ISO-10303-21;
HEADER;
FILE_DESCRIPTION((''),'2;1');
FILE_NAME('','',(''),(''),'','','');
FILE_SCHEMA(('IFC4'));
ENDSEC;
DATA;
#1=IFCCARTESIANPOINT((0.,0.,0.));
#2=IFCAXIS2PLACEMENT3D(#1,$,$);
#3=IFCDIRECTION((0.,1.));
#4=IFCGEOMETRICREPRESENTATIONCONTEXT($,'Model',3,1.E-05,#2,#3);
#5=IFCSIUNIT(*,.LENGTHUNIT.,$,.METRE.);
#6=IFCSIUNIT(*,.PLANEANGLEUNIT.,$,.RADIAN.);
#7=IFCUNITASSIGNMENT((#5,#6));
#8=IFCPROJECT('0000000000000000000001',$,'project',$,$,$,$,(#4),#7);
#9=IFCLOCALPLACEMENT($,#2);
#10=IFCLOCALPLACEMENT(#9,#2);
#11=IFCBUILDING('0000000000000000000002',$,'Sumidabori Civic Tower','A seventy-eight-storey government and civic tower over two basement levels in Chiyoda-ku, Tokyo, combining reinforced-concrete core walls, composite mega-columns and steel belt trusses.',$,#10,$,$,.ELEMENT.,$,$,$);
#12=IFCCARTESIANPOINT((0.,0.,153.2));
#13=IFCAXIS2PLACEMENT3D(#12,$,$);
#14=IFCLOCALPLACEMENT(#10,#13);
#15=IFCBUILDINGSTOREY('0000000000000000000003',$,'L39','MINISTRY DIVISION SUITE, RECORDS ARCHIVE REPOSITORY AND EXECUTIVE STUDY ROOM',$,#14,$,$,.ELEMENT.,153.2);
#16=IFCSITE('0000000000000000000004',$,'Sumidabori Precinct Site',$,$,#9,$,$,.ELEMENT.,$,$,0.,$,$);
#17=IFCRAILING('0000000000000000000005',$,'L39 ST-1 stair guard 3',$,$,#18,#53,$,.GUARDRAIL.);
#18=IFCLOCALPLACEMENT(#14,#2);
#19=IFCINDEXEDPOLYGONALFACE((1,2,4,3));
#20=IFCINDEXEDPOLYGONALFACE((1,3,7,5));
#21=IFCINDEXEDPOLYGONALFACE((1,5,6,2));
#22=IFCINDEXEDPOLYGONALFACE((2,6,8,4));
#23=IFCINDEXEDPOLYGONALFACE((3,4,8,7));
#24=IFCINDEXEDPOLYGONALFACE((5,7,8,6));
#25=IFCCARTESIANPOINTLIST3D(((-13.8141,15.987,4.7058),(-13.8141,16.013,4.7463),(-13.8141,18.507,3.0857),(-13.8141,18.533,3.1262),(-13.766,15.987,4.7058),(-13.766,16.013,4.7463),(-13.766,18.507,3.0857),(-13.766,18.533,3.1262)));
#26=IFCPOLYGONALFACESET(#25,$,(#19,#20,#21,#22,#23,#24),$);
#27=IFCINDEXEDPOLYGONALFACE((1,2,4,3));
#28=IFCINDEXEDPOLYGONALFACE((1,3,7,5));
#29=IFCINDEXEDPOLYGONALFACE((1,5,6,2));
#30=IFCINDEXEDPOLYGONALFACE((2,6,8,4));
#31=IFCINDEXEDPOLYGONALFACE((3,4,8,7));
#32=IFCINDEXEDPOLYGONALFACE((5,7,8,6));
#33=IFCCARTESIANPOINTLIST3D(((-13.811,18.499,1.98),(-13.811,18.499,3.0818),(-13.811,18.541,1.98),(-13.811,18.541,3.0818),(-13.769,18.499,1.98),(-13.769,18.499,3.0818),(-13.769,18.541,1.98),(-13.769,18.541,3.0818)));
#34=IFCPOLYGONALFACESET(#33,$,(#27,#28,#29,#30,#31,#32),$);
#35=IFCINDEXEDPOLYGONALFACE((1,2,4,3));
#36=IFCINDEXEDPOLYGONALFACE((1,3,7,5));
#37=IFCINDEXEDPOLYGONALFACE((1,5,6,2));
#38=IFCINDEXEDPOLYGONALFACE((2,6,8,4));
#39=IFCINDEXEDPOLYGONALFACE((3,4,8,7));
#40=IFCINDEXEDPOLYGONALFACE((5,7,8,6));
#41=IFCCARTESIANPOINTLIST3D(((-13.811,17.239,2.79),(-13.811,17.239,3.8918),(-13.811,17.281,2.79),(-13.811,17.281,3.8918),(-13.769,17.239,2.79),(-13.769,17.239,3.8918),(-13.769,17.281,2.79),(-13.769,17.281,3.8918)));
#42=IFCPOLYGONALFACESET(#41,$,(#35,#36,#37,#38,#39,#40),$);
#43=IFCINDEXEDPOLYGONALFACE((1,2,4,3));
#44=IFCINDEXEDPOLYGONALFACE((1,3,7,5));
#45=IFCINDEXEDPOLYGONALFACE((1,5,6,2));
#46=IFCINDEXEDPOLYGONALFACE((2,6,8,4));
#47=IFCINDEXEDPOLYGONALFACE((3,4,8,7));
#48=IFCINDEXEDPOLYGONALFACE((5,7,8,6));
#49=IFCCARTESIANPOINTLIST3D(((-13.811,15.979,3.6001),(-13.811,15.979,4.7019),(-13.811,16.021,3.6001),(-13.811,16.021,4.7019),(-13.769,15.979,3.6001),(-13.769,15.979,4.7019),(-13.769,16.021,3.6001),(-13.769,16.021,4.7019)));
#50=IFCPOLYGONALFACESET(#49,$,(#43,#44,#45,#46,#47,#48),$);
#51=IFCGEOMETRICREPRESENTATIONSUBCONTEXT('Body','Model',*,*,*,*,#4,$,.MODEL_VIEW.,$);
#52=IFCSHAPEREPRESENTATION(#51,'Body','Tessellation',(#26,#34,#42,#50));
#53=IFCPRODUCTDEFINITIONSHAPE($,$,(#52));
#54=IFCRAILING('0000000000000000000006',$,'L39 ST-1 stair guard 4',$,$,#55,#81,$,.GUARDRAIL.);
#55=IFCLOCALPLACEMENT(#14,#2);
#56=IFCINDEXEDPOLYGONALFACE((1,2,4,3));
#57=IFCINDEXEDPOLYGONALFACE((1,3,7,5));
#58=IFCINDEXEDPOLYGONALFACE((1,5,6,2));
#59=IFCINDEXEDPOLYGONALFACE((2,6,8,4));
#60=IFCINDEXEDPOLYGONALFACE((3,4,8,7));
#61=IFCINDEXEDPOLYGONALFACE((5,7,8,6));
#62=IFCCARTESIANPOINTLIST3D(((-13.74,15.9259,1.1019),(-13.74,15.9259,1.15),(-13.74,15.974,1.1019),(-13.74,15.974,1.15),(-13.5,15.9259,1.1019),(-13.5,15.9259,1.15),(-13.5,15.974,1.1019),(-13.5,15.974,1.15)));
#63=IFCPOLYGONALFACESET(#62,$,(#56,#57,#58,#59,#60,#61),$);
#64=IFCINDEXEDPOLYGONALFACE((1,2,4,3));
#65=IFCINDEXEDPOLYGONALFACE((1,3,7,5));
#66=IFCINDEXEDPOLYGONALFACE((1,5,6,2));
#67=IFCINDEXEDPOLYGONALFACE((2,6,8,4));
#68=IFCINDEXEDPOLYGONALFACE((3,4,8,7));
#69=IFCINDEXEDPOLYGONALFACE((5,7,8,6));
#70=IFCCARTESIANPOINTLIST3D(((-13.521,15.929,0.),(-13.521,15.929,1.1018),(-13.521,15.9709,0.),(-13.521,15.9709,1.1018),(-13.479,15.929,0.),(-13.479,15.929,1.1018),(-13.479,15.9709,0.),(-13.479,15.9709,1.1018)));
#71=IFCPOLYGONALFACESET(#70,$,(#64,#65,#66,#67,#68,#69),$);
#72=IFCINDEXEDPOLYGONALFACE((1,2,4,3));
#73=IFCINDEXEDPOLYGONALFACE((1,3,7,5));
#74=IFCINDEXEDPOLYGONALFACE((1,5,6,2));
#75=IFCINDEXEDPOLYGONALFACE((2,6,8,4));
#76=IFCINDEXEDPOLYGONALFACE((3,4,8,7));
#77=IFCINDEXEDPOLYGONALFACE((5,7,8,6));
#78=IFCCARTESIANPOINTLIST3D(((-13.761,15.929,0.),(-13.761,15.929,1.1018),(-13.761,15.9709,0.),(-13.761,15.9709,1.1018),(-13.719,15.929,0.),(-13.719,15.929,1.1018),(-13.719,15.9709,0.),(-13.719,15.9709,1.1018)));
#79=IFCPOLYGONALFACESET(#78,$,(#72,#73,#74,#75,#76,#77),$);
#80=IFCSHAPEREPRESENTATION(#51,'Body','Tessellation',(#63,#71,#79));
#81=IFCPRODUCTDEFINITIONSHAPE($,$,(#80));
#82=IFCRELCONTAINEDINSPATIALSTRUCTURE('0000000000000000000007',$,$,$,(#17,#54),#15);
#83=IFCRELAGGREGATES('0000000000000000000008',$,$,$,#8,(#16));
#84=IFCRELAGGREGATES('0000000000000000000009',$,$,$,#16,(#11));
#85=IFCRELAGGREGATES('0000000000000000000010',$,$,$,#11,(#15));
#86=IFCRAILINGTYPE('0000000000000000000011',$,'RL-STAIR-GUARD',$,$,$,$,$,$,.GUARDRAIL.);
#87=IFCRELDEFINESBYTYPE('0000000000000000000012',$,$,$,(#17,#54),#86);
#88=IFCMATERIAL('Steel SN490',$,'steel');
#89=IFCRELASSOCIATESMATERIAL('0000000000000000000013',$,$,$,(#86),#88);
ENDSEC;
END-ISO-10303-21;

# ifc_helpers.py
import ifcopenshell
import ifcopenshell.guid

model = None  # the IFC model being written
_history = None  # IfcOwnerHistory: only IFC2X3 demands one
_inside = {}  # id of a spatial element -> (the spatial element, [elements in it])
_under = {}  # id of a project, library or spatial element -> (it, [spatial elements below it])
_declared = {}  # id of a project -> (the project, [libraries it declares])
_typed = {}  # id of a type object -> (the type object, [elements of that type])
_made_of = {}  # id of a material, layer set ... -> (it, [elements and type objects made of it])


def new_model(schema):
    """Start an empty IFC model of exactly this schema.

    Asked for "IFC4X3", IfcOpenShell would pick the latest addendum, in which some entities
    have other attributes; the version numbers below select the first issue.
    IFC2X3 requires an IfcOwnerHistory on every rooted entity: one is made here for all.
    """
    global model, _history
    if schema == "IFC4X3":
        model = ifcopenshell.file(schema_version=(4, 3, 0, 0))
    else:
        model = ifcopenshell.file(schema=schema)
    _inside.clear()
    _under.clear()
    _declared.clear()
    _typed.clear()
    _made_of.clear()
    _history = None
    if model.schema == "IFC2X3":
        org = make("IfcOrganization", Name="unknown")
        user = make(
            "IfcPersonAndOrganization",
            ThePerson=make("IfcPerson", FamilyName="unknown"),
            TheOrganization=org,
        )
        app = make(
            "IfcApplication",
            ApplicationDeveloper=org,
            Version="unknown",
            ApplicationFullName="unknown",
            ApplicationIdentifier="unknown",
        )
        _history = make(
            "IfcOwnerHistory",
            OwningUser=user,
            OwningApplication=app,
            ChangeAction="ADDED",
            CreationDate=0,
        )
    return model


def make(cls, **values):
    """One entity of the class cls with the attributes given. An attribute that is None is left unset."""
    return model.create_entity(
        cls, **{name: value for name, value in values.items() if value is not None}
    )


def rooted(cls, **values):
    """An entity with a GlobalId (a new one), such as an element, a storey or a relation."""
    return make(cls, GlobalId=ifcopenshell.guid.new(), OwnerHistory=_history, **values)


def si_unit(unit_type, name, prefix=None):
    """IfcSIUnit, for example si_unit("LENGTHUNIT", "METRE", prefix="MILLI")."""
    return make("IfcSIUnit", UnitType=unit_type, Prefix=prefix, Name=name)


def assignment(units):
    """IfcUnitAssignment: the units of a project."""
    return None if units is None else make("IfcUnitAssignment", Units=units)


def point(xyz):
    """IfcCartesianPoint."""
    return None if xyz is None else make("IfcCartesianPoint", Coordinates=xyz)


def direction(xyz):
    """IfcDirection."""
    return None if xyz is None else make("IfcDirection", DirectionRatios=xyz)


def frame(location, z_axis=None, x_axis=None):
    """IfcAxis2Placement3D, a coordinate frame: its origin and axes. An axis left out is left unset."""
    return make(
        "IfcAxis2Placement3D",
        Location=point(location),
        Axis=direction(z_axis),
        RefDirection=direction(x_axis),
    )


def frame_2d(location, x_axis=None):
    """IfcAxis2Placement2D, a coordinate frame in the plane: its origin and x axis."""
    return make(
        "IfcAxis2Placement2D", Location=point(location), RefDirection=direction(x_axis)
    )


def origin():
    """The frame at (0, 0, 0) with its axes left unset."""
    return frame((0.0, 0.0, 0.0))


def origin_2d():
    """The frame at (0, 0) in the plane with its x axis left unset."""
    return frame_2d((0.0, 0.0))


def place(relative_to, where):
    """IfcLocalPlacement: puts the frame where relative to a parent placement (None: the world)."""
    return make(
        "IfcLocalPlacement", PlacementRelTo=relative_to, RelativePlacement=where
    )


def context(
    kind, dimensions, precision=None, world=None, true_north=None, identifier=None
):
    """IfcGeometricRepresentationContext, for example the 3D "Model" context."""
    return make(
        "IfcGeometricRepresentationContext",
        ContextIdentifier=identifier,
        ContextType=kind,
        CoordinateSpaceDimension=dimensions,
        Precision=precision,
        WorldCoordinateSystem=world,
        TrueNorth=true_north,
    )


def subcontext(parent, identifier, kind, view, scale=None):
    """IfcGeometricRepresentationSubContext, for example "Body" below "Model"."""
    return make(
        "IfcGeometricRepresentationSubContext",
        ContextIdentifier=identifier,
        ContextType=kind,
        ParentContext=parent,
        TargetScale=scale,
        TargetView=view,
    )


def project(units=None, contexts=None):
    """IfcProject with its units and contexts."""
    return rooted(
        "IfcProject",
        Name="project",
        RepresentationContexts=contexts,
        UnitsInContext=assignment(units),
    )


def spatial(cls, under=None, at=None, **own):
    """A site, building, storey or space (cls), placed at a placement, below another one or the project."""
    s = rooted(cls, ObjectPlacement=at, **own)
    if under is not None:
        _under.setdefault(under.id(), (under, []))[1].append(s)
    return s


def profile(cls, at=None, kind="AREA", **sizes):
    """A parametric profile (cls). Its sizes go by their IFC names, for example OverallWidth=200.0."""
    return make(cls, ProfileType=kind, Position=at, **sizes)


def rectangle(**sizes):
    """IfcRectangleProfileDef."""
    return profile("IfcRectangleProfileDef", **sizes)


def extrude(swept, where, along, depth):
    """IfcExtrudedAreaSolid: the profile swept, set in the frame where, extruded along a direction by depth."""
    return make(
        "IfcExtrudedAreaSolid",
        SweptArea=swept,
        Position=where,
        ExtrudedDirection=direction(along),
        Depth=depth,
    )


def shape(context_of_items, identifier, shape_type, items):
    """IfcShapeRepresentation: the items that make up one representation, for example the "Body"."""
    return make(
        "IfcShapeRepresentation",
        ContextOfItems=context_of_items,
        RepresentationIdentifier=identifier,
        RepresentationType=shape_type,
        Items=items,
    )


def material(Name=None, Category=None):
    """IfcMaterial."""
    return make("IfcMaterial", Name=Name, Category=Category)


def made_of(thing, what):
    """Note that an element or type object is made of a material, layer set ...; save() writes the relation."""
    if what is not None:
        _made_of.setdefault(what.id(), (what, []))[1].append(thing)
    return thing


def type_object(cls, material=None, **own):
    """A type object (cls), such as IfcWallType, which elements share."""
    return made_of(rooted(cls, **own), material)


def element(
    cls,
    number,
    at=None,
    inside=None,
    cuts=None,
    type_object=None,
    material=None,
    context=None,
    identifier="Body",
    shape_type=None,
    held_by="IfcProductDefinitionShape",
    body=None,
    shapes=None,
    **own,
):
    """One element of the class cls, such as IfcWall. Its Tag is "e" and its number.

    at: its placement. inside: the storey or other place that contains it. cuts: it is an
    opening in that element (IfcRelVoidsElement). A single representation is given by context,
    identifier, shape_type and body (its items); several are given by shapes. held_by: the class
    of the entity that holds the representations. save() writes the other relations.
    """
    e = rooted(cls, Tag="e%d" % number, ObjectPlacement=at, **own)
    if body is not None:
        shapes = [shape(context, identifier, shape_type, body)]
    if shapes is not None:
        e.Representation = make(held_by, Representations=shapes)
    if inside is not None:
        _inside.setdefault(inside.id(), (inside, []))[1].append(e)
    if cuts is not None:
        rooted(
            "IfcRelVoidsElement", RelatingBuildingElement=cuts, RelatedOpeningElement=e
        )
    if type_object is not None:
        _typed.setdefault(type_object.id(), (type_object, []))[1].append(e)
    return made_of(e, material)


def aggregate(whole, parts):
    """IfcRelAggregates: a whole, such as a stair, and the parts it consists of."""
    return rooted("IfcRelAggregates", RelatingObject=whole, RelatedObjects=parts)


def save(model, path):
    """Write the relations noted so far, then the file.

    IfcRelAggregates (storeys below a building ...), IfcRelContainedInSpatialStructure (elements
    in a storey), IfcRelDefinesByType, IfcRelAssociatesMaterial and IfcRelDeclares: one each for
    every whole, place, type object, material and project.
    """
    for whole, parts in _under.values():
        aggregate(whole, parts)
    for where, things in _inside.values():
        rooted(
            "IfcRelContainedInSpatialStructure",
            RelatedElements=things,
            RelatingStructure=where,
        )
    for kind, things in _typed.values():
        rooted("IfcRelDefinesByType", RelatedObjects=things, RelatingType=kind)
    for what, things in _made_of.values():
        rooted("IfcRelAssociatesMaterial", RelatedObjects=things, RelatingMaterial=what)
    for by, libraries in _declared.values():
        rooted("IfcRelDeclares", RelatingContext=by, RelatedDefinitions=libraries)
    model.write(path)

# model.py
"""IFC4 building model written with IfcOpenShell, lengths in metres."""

from ifc_helpers import new_model, si_unit, direction, frame, origin, origin_2d, place, context, subcontext, project, spatial, rectangle, extrude, material, type_object, element, save


model = new_model("IFC4")

# Units and contexts
model_context = context("Model", 3, precision=1e-05, world=origin(), true_north=direction((0.0, 1.0)))
body_context = subcontext(model_context, "Body", "Model", "MODEL_VIEW")
ifc_project = project(units=[si_unit("LENGTHUNIT", "METRE"), si_unit("PLANEANGLEUNIT", "RADIAN")], contexts=[model_context])

# Site, building, storey
site_placement = place(None, origin())
site = spatial("IfcSite", under=ifc_project, at=site_placement, Name="Sumidabori Precinct Site", CompositionType="ELEMENT", RefElevation=0.0)
building_placement = place(site_placement, origin())
building = spatial("IfcBuilding", under=site, at=building_placement, Name="Sumidabori Civic Tower", Description="A seventy-eight-storey government and civic tower over two basement levels in Chiyoda-ku, Tokyo, combining reinforced-concrete core walls, composite mega-columns and steel belt trusses.", CompositionType="ELEMENT")
storey_placement = place(building_placement, frame((0.0, 0.0, 153.2)))
storey = spatial("IfcBuildingStorey", under=building, at=storey_placement, Name="L39", Description="MINISTRY DIVISION SUITE, RECORDS ARCHIVE REPOSITORY AND EXECUTIVE STUDY ROOM", CompositionType="ELEMENT", Elevation=153.2)

# Shared definitions
ifc_material_1 = material(Name="Steel SN490", Category="steel")

# Railings
railing_type_1 = type_object("IfcRailingType", Name="RL-STAIR-GUARD", PredefinedType="GUARDRAIL", material=ifc_material_1)
railing_1_placement = place(storey_placement, frame((-13.79, 18.52, 1.98)))
element("IfcRailing", 1, at=railing_1_placement, inside=storey, type_object=railing_type_1, Name="L39 ST-1 stair guard 3", PredefinedType="GUARDRAIL", context=body_context, shape_type="SweptSolid", body=[
    extrude(rectangle(XDim=0.0481, YDim=0.0481, at=origin_2d()), frame((0.0, 0.0, 1.126), z_axis=(0.0, -0.841163, 0.540782), x_axis=(1.0, 0.0, 0.0)), (0.0, 0.0, 1.0), 2.9958),
    extrude(rectangle(XDim=0.042, YDim=0.042, at=origin_2d()), origin(), (0.0, 0.0, 1.0), 1.1018),
    extrude(rectangle(XDim=0.042, YDim=0.042, at=origin_2d()), frame((0.0, -1.26, 0.8101)), (0.0, 0.0, 1.0), 1.1018),
    extrude(rectangle(XDim=0.042, YDim=0.042, at=origin_2d()), frame((0.0, -2.52, 1.6201)), (0.0, 0.0, 1.0), 1.1018),
])
railing_2_placement = place(storey_placement, frame((-13.5, 15.95, 0.0)))
element("IfcRailing", 2, at=railing_2_placement, inside=storey, type_object=railing_type_1, Name="L39 ST-1 stair guard 4", PredefinedType="GUARDRAIL", context=body_context, shape_type="SweptSolid", body=[
    extrude(rectangle(XDim=0.0481, YDim=0.0481, at=origin_2d()), frame((0.0, 0.0, 1.126), z_axis=(-1.0, 0.0, 0.0), x_axis=(0.0, -1.0, 0.0)), (0.0, 0.0, 1.0), 0.24),
    extrude(rectangle(XDim=0.042, YDim=0.042, at=origin_2d()), origin(), (0.0, 0.0, 1.0), 1.1018),
    extrude(rectangle(XDim=0.042, YDim=0.042, at=origin_2d()), frame((-0.24, 0.0, 0.0)), (0.0, 0.0, 1.0), 1.1018),
])

save(model, "model.ifc")
